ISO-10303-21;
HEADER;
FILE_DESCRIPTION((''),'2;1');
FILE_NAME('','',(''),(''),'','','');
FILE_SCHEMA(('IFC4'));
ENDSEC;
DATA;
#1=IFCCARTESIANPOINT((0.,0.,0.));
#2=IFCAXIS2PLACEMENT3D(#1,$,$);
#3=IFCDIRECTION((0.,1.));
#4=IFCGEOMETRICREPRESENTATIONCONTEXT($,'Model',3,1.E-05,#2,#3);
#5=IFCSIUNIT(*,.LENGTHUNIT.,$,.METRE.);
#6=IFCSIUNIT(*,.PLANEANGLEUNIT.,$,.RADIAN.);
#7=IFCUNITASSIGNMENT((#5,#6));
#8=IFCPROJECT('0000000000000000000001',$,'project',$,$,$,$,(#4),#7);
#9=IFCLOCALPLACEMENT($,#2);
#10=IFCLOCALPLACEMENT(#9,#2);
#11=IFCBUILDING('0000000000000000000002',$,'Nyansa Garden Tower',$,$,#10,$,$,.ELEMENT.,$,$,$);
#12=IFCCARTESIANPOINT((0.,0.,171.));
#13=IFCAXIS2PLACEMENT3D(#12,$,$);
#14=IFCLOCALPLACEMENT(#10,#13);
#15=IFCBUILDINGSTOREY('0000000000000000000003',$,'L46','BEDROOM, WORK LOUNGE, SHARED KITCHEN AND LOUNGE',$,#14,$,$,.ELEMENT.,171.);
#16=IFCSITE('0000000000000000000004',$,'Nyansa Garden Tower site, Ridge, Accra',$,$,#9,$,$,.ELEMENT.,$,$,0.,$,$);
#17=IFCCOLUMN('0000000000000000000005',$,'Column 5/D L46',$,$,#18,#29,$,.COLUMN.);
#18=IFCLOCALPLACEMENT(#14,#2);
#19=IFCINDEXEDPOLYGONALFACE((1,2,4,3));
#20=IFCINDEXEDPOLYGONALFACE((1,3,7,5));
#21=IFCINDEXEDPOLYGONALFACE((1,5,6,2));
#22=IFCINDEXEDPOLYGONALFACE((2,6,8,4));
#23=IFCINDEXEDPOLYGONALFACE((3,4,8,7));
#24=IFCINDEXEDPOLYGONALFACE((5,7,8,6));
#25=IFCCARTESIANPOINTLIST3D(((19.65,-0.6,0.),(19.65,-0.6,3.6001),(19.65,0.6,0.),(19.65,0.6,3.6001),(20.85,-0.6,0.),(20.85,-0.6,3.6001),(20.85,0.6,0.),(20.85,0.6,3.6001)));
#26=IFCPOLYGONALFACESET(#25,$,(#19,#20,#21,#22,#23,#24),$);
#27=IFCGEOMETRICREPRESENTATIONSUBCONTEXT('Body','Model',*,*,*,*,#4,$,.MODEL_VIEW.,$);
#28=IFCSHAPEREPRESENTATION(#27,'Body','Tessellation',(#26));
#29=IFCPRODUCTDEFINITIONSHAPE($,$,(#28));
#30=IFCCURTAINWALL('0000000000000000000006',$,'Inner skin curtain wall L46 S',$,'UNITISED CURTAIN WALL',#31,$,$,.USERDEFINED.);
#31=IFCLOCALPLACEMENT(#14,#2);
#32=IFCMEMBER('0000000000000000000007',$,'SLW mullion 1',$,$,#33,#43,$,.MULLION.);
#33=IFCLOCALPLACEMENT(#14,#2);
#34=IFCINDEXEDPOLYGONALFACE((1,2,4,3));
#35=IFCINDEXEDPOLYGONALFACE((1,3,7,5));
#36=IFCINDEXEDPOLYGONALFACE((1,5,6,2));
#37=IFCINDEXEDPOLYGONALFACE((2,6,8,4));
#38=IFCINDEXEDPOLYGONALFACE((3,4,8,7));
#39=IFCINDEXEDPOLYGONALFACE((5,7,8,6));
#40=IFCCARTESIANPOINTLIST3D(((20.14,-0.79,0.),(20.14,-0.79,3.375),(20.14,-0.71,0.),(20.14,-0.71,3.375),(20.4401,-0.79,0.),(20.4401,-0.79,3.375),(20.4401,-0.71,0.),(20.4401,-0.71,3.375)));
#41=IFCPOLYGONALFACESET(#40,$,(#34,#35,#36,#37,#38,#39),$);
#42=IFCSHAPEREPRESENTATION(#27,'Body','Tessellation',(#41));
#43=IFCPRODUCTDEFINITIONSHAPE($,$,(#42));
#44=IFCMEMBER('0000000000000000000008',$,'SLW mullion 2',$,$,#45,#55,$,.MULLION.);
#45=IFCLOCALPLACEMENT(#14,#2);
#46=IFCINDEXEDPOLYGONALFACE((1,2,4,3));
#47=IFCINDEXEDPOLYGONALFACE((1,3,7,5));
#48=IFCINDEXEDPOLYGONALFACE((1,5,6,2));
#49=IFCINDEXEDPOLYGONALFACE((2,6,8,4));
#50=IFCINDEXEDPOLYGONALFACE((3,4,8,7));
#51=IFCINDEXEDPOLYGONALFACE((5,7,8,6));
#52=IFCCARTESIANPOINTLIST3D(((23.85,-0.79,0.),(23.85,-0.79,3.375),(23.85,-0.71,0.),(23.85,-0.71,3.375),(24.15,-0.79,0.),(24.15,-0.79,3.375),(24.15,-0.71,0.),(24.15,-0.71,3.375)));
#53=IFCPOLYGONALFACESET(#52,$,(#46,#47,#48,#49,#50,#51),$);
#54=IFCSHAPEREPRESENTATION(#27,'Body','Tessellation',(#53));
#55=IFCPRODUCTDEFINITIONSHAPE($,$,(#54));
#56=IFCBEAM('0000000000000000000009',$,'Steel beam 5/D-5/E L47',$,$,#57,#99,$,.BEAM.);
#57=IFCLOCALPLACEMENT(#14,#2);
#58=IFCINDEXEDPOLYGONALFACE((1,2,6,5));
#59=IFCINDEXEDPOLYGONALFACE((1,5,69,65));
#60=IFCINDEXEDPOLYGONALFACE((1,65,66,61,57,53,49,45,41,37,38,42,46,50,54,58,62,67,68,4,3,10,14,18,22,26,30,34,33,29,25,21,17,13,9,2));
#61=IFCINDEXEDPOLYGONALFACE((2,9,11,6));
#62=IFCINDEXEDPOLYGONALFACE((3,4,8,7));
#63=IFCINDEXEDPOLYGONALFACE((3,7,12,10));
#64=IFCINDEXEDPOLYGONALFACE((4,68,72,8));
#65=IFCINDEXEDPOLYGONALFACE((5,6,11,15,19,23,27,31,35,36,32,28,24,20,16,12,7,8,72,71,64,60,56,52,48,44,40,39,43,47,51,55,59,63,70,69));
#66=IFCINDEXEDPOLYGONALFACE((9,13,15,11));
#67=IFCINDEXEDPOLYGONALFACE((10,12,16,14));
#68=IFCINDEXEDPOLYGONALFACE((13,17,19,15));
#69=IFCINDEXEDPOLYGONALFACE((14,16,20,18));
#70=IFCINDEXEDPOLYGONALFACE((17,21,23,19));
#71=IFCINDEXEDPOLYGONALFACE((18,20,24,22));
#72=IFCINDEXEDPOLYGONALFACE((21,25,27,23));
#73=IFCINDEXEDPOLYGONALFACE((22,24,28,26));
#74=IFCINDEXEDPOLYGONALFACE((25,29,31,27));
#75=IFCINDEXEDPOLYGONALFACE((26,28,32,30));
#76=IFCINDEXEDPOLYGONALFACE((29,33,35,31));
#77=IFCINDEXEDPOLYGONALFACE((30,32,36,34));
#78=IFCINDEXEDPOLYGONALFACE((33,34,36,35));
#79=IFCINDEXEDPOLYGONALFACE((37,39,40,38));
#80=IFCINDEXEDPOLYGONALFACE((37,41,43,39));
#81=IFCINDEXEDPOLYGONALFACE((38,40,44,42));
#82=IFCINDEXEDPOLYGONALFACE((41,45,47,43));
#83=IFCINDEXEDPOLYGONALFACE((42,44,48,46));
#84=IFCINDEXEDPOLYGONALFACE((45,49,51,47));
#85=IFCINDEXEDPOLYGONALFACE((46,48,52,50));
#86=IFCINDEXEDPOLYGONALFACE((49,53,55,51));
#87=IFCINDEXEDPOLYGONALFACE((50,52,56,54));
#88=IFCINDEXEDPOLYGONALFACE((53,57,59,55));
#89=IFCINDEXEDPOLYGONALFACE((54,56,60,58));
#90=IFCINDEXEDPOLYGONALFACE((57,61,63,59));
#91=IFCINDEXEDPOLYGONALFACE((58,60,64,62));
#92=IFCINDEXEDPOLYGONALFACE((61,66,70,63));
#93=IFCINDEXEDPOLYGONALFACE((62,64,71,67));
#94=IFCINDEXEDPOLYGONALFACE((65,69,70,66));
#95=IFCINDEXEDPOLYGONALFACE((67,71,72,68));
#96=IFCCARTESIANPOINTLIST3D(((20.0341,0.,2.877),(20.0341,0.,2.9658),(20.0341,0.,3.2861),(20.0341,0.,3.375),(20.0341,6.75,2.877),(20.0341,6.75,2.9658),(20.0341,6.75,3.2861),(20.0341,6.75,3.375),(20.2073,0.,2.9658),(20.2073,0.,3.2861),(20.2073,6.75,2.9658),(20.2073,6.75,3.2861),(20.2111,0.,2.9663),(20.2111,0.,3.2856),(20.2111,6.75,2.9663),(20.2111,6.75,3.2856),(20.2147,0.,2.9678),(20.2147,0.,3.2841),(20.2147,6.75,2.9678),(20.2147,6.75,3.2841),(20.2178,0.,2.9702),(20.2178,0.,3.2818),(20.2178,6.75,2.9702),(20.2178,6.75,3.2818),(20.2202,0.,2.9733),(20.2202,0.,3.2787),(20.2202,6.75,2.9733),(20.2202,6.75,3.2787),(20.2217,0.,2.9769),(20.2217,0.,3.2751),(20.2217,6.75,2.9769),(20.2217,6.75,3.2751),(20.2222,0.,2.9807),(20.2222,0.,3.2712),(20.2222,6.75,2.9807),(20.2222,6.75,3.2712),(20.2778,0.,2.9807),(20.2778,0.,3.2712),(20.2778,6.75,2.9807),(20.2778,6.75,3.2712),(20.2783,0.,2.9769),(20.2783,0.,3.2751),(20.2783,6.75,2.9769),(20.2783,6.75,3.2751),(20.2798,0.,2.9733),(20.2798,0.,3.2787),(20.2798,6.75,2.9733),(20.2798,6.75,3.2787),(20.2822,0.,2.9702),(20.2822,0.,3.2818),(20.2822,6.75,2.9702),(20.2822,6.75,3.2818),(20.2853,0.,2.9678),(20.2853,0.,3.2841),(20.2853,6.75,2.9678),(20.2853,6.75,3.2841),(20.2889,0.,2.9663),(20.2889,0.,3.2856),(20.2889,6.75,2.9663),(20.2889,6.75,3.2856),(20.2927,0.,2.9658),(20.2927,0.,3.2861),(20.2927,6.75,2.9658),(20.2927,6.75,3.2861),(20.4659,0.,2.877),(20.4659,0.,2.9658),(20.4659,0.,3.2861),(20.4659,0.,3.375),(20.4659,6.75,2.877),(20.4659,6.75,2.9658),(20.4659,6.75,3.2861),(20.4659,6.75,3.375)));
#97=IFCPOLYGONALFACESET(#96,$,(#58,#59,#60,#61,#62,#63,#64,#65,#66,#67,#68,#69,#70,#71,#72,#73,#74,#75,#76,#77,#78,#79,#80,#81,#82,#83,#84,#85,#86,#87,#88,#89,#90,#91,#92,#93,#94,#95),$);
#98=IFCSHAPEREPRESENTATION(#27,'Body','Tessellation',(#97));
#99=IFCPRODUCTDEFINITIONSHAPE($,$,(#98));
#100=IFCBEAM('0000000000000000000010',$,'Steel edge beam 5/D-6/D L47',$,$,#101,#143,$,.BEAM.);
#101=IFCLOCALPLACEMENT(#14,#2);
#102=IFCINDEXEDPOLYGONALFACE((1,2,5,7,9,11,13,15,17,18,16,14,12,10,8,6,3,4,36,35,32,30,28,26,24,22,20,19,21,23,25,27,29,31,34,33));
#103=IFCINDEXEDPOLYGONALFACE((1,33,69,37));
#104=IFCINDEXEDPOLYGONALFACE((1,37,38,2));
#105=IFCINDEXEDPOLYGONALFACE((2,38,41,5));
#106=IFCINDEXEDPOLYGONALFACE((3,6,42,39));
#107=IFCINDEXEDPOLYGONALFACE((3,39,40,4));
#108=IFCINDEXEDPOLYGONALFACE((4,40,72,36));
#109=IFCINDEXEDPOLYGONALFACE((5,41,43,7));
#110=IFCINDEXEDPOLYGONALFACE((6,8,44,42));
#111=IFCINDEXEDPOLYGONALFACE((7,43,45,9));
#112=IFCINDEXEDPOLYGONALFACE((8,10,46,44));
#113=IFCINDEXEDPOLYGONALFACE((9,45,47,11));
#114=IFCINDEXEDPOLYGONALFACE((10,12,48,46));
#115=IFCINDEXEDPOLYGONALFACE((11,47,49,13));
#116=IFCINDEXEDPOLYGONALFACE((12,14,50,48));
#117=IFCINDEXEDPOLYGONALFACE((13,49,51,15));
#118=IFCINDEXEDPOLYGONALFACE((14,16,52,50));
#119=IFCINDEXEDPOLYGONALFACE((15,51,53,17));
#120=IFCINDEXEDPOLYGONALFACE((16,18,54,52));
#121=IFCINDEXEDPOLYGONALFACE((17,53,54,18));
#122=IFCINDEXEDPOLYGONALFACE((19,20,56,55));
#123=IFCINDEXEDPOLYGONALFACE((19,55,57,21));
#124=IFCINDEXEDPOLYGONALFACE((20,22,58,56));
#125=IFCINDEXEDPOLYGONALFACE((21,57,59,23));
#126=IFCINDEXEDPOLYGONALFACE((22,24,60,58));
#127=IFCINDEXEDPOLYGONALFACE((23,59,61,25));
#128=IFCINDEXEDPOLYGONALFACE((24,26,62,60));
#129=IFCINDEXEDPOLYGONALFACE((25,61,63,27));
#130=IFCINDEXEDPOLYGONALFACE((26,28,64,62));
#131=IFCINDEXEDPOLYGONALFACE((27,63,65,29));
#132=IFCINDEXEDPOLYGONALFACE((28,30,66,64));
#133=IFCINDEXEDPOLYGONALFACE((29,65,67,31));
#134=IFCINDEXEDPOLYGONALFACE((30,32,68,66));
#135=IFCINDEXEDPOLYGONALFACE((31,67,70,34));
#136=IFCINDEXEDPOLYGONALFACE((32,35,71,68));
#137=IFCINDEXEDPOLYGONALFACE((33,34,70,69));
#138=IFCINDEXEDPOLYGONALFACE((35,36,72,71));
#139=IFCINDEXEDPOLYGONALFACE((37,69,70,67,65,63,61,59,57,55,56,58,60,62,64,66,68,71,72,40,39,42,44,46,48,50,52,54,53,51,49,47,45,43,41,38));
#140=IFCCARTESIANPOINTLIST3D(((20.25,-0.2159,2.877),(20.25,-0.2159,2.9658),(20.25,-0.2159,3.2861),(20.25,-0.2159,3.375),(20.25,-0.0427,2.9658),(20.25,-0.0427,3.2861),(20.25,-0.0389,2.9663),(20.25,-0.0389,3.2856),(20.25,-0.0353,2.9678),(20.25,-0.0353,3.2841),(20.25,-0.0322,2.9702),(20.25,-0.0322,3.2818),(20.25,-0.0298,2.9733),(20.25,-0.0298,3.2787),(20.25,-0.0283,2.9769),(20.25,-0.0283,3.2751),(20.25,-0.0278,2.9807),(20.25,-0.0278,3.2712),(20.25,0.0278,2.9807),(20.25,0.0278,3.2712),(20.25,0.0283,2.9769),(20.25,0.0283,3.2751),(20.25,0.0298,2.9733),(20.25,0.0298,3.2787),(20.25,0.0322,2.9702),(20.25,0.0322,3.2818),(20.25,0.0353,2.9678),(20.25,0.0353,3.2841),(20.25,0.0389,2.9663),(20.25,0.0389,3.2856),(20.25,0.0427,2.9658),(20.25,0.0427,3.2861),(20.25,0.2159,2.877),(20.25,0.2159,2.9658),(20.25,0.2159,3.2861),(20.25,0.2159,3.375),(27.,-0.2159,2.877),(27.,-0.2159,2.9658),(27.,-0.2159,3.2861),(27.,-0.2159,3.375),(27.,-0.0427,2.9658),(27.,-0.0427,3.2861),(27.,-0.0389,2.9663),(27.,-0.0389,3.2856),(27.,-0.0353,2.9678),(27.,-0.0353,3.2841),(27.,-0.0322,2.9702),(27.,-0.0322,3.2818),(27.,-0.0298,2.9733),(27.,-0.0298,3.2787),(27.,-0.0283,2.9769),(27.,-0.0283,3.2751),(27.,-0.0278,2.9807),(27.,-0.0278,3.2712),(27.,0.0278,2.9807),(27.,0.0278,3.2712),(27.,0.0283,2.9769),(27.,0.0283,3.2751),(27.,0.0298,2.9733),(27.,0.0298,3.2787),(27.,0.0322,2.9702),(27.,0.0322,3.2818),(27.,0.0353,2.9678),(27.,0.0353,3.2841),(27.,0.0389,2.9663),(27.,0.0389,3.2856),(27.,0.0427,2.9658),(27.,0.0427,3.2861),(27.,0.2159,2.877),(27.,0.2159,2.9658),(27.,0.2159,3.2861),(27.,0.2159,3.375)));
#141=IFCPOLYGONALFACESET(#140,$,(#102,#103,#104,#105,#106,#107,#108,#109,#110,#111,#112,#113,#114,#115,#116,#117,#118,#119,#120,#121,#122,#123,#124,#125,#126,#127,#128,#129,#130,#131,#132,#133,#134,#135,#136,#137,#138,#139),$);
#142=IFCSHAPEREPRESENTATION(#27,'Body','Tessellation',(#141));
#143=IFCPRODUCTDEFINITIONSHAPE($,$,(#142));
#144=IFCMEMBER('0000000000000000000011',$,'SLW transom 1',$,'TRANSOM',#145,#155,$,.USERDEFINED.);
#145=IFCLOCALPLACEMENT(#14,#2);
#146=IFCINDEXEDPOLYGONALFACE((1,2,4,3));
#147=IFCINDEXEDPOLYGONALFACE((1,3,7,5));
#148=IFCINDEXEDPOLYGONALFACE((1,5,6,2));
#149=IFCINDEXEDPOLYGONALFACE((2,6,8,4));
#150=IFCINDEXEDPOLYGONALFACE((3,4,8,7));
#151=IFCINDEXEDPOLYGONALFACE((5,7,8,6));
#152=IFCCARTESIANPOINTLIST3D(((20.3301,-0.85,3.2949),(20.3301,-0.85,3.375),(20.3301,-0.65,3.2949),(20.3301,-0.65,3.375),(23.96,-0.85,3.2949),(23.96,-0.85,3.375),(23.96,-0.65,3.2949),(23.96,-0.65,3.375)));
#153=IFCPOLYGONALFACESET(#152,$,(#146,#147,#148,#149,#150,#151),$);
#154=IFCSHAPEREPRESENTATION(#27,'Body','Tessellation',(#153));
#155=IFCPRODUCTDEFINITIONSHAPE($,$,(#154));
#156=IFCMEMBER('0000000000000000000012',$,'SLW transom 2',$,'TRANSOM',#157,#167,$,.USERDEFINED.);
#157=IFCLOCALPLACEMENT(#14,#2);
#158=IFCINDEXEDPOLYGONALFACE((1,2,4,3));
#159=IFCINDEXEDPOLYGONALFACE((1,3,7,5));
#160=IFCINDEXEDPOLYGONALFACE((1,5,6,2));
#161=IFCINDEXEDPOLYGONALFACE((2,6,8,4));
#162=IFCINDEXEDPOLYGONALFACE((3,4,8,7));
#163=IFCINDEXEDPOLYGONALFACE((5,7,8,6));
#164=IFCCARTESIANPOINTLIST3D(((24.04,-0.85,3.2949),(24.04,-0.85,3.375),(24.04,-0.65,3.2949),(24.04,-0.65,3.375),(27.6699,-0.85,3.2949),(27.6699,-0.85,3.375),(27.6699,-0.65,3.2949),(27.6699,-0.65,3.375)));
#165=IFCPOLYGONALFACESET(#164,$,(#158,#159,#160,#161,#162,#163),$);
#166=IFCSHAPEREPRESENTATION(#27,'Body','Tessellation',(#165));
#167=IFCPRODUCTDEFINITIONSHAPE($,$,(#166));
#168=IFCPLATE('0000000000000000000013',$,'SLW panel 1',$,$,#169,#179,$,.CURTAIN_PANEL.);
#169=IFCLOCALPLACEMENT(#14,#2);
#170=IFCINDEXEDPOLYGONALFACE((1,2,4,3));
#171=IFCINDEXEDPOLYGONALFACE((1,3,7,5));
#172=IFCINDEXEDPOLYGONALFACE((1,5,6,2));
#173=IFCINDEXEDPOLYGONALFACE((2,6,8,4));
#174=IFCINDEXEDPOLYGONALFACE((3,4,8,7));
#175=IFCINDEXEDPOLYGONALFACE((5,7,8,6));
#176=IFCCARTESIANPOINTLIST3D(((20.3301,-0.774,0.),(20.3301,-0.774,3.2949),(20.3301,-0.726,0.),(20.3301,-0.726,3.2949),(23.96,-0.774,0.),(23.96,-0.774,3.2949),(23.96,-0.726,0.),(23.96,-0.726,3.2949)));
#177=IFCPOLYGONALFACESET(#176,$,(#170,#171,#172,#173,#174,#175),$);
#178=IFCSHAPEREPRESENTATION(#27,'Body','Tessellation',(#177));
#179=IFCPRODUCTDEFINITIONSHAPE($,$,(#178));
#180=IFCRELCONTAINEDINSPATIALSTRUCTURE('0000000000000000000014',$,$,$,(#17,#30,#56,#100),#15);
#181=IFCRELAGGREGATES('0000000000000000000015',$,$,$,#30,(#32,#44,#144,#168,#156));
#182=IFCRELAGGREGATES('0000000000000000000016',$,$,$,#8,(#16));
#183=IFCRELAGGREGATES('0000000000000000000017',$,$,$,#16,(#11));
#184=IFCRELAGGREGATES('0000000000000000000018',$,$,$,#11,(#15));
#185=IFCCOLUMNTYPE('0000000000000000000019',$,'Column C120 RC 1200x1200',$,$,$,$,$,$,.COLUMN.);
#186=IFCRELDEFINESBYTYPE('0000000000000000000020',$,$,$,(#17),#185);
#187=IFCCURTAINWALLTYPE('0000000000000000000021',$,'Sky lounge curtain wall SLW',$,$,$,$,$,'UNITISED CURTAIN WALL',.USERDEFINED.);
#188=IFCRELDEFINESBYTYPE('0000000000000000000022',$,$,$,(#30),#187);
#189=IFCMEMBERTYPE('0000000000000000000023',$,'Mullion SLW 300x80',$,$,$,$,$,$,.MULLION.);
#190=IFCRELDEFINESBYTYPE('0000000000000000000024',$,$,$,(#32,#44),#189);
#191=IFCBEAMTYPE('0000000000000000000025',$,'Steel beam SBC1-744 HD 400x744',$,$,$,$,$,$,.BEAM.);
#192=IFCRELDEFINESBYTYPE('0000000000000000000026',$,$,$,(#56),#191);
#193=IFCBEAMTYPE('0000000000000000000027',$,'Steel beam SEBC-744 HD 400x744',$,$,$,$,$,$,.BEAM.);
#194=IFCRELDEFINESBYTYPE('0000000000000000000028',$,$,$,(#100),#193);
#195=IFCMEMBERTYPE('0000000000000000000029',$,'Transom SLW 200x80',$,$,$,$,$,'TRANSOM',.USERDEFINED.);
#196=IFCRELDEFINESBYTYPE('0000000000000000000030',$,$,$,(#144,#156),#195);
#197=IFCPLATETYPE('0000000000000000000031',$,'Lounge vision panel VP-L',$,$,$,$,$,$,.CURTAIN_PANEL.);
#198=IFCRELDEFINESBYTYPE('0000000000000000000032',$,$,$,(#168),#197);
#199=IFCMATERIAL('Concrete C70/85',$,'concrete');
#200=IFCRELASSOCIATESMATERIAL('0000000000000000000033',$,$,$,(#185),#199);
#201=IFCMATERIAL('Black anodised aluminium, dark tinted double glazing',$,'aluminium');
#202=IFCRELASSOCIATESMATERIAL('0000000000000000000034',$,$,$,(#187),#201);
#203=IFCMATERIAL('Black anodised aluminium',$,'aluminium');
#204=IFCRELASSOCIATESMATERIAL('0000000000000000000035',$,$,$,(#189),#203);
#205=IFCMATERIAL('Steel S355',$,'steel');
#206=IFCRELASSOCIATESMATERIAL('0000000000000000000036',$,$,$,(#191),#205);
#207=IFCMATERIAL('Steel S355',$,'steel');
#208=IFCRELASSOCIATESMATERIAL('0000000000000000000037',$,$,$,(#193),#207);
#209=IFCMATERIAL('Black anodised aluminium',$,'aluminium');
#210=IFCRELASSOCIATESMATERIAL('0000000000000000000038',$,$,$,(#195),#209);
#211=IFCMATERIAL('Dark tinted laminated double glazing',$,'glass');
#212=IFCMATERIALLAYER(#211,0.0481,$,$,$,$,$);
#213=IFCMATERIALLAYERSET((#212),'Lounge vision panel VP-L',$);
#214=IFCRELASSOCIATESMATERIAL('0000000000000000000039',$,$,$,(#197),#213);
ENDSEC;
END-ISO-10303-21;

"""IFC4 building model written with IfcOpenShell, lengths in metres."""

from ifc_helpers import new_model, si_unit, direction, frame, origin, origin_2d, place, context, subcontext, project, spatial, rectangle, i_section, extrude, material, layer, layer_set, material_profile, profile_set, type_object, element, aggregate, save


model = new_model("IFC4")

# Units and contexts
model_context = context("Model", 3, precision=1e-05, world=origin(), true_north=direction((0.0, 1.0)))
body_context = subcontext(model_context, "Body", "Model", "MODEL_VIEW")
ifc_project = project(units=[si_unit("LENGTHUNIT", "METRE"), si_unit("PLANEANGLEUNIT", "RADIAN")], contexts=[model_context])

# Site, building, storey
site_placement = place(None, origin())
site = spatial("IfcSite", under=ifc_project, at=site_placement, Name="Nyansa Garden Tower site, Ridge, Accra", CompositionType="ELEMENT", RefElevation=0.0)
building_placement = place(site_placement, origin())
building = spatial("IfcBuilding", under=site, at=building_placement, Name="Nyansa Garden Tower", CompositionType="ELEMENT")
storey_placement = place(building_placement, frame((0.0, 0.0, 171.0)))
storey = spatial("IfcBuildingStorey", under=building, at=storey_placement, Name="L46", Description="BEDROOM, WORK LOUNGE, SHARED KITCHEN AND LOUNGE", CompositionType="ELEMENT", Elevation=171.0)

# Column
ifc_material_1 = material(Name="Concrete C70/85", Category="concrete")
ifc_material_profile_1 = material_profile(ifc_material_1, rectangle(XDim=1.2, YDim=1.2, at=origin_2d()), Name="RC 1200x1200")
ifc_profile_set_1 = profile_set([ifc_material_profile_1], Name="Concrete C70/85")
column_type = type_object("IfcColumnType", Name="Column C120 RC 1200x1200", PredefinedType="COLUMN", material=ifc_profile_set_1)
column_placement = place(storey_placement, frame((20.25, 0.0, 0.0), z_axis=(0.0, 0.0, 1.0), x_axis=(1.0, 0.0, 0.0)))
element("IfcColumn", 1, at=column_placement, inside=storey, type_object=column_type, Name="Column 5/D L46", PredefinedType="COLUMN", context=body_context, shape_type="SweptSolid", body=[
    extrude(rectangle(XDim=1.2, YDim=1.2, at=origin_2d()), origin(), (0.0, 0.0, 1.0), 3.6001),
])

# Curtain wall, members
ifc_material_2 = material(Name="Black anodised aluminium, dark tinted double glazing", Category="aluminium")
curtain_wall_type = type_object("IfcCurtainWallType", Name="Sky lounge curtain wall SLW", ElementType="UNITISED CURTAIN WALL", PredefinedType="USERDEFINED", material=ifc_material_2)
curtain_wall_placement = place(storey_placement, origin())
curtain_wall = element("IfcCurtainWall", 2, at=curtain_wall_placement, inside=storey, type_object=curtain_wall_type, Name="Inner skin curtain wall L46 S", ObjectType="UNITISED CURTAIN WALL", PredefinedType="USERDEFINED")
ifc_material_3 = material(Name="Black anodised aluminium", Category="aluminium")
ifc_material_profile_2 = material_profile(ifc_material_3, rectangle(XDim=0.0801, YDim=0.3, at=origin_2d()), Name="Mullion 300x80")
ifc_profile_set_2 = profile_set([ifc_material_profile_2], Name="Black anodised aluminium")
member_type_1 = type_object("IfcMemberType", Name="Mullion SLW 300x80", PredefinedType="MULLION", material=ifc_profile_set_2)
member_1_placement = place(storey_placement, frame((20.29, -0.75, 0.0), z_axis=(0.0, 0.0, 1.0), x_axis=(0.0, 1.0, 0.0)))
member_1 = element("IfcMember", 3, at=member_1_placement, type_object=member_type_1, Name="SLW mullion 1", PredefinedType="MULLION", context=body_context, shape_type="SweptSolid", body=[
    extrude(rectangle(XDim=0.0801, YDim=0.3, at=origin_2d()), origin(), (0.0, 0.0, 1.0), 3.375),
])
member_2_placement = place(storey_placement, frame((24.0, -0.75, 0.0), z_axis=(0.0, 0.0, 1.0), x_axis=(0.0, 1.0, 0.0)))
member_2 = element("IfcMember", 4, at=member_2_placement, type_object=member_type_1, Name="SLW mullion 2", PredefinedType="MULLION", context=body_context, shape_type="SweptSolid", body=[
    extrude(rectangle(XDim=0.0801, YDim=0.3, at=origin_2d()), origin(), (0.0, 0.0, 1.0), 3.375),
])

# Beams
ifc_material_4 = material(Name="Steel S355", Category="steel")
ifc_material_profile_3 = material_profile(ifc_material_4, i_section(OverallWidth=0.4319, OverallDepth=0.498, WebThickness=0.0557, FlangeThickness=0.0889, FilletRadius=0.0149, at=origin_2d()), Name="HD 400x744")
ifc_profile_set_3 = profile_set([ifc_material_profile_3], Name="Steel S355")
beam_type_1 = type_object("IfcBeamType", Name="Steel beam SBC1-744 HD 400x744", PredefinedType="BEAM", material=ifc_profile_set_3)
beam_1_placement = place(storey_placement, frame((20.25, 0.0, 3.126), z_axis=(0.0, 1.0, 0.0), x_axis=(-1.0, 0.0, 0.0)))
element("IfcBeam", 5, at=beam_1_placement, inside=storey, type_object=beam_type_1, Name="Steel beam 5/D-5/E L47", PredefinedType="BEAM", context=body_context, shape_type="SweptSolid", body=[
    extrude(i_section(OverallWidth=0.4319, OverallDepth=0.498, WebThickness=0.0557, FlangeThickness=0.0889, FilletRadius=0.0149, at=origin_2d()), origin(), (0.0, 0.0, 1.0), 6.75),
])
ifc_material_5 = material(Name="Steel S355", Category="steel")
ifc_material_profile_4 = material_profile(ifc_material_5, i_section(OverallWidth=0.4319, OverallDepth=0.498, WebThickness=0.0557, FlangeThickness=0.0889, FilletRadius=0.0149, at=origin_2d()), Name="HD 400x744")
ifc_profile_set_4 = profile_set([ifc_material_profile_4], Name="Steel S355")
beam_type_2 = type_object("IfcBeamType", Name="Steel beam SEBC-744 HD 400x744", PredefinedType="BEAM", material=ifc_profile_set_4)
beam_2_placement = place(storey_placement, frame((20.25, 0.0, 3.126), z_axis=(1.0, 0.0, 0.0), x_axis=(0.0, 1.0, 0.0)))
element("IfcBeam", 6, at=beam_2_placement, inside=storey, type_object=beam_type_2, Name="Steel edge beam 5/D-6/D L47", PredefinedType="BEAM", context=body_context, shape_type="SweptSolid", body=[
    extrude(i_section(OverallWidth=0.4319, OverallDepth=0.498, WebThickness=0.0557, FlangeThickness=0.0889, FilletRadius=0.0149, at=origin_2d()), origin(), (0.0, 0.0, 1.0), 6.75),
])

# Members
ifc_material_6 = material(Name="Black anodised aluminium", Category="aluminium")
ifc_material_profile_5 = material_profile(ifc_material_6, rectangle(XDim=0.2, YDim=0.0801, at=origin_2d()), Name="Transom 200x80")
ifc_profile_set_5 = profile_set([ifc_material_profile_5], Name="Black anodised aluminium")
member_type_2 = type_object("IfcMemberType", Name="Transom SLW 200x80", ElementType="TRANSOM", PredefinedType="USERDEFINED", material=ifc_profile_set_5)
member_3_placement = place(storey_placement, frame((20.3301, -0.75, 3.335), z_axis=(1.0, 0.0, 0.0), x_axis=(0.0, 1.0, 0.0)))
member_3 = element("IfcMember", 7, at=member_3_placement, type_object=member_type_2, Name="SLW transom 1", ObjectType="TRANSOM", PredefinedType="USERDEFINED", context=body_context, shape_type="SweptSolid", body=[
    extrude(rectangle(XDim=0.2, YDim=0.0801, at=origin_2d()), origin(), (0.0, 0.0, 1.0), 3.6299),
])
member_4_placement = place(storey_placement, frame((24.04, -0.75, 3.335), z_axis=(1.0, 0.0, 0.0), x_axis=(0.0, 1.0, 0.0)))
member_4 = element("IfcMember", 8, at=member_4_placement, type_object=member_type_2, Name="SLW transom 2", ObjectType="TRANSOM", PredefinedType="USERDEFINED", context=body_context, shape_type="SweptSolid", body=[
    extrude(rectangle(XDim=0.2, YDim=0.0801, at=origin_2d()), origin(), (0.0, 0.0, 1.0), 3.6299),
])

# Plate
ifc_material_7 = material(Name="Dark tinted laminated double glazing", Category="glass")
ifc_layer_1 = layer(ifc_material_7, 0.0481)
ifc_layer_set_1 = layer_set([ifc_layer_1], Name="Lounge vision panel VP-L")
plate_type = type_object("IfcPlateType", Name="Lounge vision panel VP-L", PredefinedType="CURTAIN_PANEL", material=ifc_layer_set_1)
plate_1_placement = place(storey_placement, frame((22.145, -0.75, 0.0), z_axis=(0.0, 0.0, 1.0), x_axis=(1.0, 0.0, 0.0)))
plate_1 = element("IfcPlate", 9, at=plate_1_placement, type_object=plate_type, Name="SLW panel 1", PredefinedType="CURTAIN_PANEL", context=body_context, shape_type="SweptSolid", body=[
    extrude(rectangle(XDim=3.6299, YDim=0.0481, at=origin_2d()), origin(), (0.0, 0.0, 1.0), 3.2949),
])
aggregate(curtain_wall, [member_1, member_2, member_3, plate_1, member_4])

save(model, "model.ifc")
